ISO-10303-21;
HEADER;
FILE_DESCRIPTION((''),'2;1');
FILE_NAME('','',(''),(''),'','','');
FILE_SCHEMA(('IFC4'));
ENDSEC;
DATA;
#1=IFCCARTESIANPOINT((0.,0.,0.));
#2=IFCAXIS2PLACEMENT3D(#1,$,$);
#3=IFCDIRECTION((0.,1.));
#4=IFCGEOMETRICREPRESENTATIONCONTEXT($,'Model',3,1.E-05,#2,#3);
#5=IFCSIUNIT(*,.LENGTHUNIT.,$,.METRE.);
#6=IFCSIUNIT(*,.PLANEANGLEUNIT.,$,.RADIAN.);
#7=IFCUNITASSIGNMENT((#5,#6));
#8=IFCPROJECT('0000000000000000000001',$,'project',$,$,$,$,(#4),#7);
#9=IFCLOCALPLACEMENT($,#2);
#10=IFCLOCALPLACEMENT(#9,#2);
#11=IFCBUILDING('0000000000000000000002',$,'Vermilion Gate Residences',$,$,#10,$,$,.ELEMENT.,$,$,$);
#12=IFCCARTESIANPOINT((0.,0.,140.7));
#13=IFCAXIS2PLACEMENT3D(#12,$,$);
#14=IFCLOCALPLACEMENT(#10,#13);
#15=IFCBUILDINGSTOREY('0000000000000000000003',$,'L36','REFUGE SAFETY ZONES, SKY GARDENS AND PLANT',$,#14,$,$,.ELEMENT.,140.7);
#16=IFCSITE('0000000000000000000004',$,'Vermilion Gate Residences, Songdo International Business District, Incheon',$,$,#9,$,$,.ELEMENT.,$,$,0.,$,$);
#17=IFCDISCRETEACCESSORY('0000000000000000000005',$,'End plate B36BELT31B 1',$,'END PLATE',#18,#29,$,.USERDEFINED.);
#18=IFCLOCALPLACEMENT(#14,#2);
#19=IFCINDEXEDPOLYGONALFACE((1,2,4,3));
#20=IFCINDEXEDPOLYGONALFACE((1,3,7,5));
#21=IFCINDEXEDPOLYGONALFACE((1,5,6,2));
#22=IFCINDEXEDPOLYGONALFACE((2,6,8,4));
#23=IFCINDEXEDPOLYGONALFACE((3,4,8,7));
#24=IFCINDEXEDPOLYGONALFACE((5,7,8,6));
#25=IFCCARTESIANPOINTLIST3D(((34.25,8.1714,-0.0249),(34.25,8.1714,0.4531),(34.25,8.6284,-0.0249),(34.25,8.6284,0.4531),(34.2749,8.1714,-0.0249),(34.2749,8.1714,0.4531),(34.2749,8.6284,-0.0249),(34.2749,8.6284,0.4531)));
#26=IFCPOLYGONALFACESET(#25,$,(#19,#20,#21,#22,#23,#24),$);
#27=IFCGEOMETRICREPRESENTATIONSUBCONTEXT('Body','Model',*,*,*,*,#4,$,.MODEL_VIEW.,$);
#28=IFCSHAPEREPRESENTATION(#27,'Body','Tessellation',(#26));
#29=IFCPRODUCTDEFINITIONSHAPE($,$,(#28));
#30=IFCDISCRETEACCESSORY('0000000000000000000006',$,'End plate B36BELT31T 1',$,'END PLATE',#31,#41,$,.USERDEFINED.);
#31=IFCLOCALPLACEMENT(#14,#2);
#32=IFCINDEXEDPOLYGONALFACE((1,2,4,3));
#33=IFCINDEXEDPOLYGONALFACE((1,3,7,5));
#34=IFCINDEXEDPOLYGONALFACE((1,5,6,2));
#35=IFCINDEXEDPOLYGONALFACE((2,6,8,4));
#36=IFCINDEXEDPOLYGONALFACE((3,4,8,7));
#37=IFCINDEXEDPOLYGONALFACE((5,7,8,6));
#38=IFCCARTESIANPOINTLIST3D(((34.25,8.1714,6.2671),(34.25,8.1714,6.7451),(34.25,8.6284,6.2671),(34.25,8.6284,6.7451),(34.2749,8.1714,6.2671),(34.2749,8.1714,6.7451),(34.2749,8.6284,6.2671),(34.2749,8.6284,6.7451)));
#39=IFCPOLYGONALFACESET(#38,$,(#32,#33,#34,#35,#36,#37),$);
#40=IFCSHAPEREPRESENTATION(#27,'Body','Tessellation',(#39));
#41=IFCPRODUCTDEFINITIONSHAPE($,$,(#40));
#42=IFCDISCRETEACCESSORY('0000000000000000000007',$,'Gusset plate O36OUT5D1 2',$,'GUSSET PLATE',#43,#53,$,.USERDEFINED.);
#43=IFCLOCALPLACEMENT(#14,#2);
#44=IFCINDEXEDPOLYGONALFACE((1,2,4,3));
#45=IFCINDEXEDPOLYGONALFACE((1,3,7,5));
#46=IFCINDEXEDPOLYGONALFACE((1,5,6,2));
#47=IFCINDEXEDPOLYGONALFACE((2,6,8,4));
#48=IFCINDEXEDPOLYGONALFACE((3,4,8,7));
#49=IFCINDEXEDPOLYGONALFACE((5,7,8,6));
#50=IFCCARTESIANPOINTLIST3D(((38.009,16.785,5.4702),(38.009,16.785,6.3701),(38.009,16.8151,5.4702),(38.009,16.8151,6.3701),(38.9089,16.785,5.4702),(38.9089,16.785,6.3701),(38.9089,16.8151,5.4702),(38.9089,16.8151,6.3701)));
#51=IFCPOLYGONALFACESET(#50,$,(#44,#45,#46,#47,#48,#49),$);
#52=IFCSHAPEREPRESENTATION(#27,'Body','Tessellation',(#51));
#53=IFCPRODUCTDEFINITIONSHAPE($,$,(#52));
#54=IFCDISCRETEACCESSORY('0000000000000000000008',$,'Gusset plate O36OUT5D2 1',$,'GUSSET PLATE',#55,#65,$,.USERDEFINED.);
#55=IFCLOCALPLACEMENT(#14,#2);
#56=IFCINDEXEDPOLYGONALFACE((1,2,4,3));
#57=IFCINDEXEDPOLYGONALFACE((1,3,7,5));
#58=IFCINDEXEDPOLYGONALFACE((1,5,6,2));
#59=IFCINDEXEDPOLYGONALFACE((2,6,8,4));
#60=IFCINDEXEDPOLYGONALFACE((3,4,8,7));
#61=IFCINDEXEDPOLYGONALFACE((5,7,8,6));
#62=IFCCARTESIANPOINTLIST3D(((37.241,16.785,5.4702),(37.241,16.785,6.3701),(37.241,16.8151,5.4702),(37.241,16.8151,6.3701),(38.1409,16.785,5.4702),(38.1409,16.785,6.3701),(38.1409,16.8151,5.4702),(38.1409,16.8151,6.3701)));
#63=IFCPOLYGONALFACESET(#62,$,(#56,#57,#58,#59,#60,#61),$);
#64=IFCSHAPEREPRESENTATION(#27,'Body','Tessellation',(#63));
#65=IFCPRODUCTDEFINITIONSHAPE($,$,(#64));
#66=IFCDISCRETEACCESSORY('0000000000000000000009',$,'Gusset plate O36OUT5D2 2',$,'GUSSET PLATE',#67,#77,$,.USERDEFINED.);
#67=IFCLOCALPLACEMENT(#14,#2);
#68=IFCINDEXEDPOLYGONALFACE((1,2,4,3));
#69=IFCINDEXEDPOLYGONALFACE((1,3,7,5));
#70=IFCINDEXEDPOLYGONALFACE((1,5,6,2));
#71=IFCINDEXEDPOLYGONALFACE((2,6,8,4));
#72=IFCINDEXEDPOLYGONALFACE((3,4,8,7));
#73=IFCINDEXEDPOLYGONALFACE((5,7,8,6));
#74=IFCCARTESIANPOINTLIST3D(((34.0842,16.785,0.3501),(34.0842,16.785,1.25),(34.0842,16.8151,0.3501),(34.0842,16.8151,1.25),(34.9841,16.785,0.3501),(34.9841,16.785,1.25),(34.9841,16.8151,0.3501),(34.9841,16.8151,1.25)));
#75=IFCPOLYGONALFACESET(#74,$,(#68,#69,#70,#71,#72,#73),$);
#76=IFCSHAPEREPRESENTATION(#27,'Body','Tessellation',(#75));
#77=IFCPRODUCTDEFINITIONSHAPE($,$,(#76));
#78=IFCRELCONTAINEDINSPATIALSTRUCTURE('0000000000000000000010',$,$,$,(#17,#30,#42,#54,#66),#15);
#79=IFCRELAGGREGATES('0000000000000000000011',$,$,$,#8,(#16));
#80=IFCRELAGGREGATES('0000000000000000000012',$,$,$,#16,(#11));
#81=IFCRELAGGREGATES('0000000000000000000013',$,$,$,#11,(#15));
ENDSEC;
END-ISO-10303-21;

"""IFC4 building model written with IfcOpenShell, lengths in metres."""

from ifc_helpers import new_model, si_unit, direction, frame, origin, origin_2d, place, context, subcontext, project, spatial, rectangle, extrude, element, save


model = new_model("IFC4")

# Units and contexts
model_context = context("Model", 3, precision=1e-05, world=origin(), true_north=direction((0.0, 1.0)))
body_context = subcontext(model_context, "Body", "Model", "MODEL_VIEW")
ifc_project = project(units=[si_unit("LENGTHUNIT", "METRE"), si_unit("PLANEANGLEUNIT", "RADIAN")], contexts=[model_context])

# Site, building, storey
site_placement = place(None, origin())
site = spatial("IfcSite", under=ifc_project, at=site_placement, Name="Vermilion Gate Residences, Songdo International Business District, Incheon", CompositionType="ELEMENT", RefElevation=0.0)
building_placement = place(site_placement, origin())
building = spatial("IfcBuilding", under=site, at=building_placement, Name="Vermilion Gate Residences", CompositionType="ELEMENT")
storey_placement = place(building_placement, frame((0.0, 0.0, 140.7)))
storey = spatial("IfcBuildingStorey", under=building, at=storey_placement, Name="L36", Description="REFUGE SAFETY ZONES, SKY GARDENS AND PLANT", CompositionType="ELEMENT", Elevation=140.7)

# Discrete accessories
for number, where, z_axis, x_axis, name in (
    (1, (34.2625, 8.3999, -0.0249), (0.0, 0.0, 1.0), (1.0, 0.0, 0.0), "End plate B36BELT31B 1"),
    (2, (34.2625, 8.3999, 6.2671), (0.0, 0.0, 1.0), (1.0, 0.0, 0.0), "End plate B36BELT31T 1"),
):
    element("IfcDiscreteAccessory", number, at=place(storey_placement, frame(where, z_axis=z_axis, x_axis=x_axis)), inside=storey, Name=name, ObjectType="END PLATE", PredefinedType="USERDEFINED", context=body_context, shape_type="SweptSolid", body=[
        extrude(rectangle(XDim=0.0249, YDim=0.457, at=origin_2d()), origin(), (0.0, 0.0, 1.0), 0.478),
    ])
for number, where, z_axis, x_axis, name in (
    (3, (38.459, 16.8, 5.4702), (0.0, 0.0, 1.0), (1.0, 0.0, 0.0), "Gusset plate O36OUT5D1 2"),
    (4, (37.6909, 16.8, 5.4702), (0.0, 0.0, 1.0), (1.0, 0.0, 0.0), "Gusset plate O36OUT5D2 1"),
    (5, (34.5342, 16.8, 0.3501), (0.0, 0.0, 1.0), (1.0, 0.0, 0.0), "Gusset plate O36OUT5D2 2"),
):
    element("IfcDiscreteAccessory", number, at=place(storey_placement, frame(where, z_axis=z_axis, x_axis=x_axis)), inside=storey, Name=name, ObjectType="GUSSET PLATE", PredefinedType="USERDEFINED", context=body_context, shape_type="SweptSolid", body=[
        extrude(rectangle(XDim=0.8999, YDim=0.03, at=origin_2d()), origin(), (0.0, 0.0, 1.0), 0.8999),
    ])

save(model, "model.ifc")
